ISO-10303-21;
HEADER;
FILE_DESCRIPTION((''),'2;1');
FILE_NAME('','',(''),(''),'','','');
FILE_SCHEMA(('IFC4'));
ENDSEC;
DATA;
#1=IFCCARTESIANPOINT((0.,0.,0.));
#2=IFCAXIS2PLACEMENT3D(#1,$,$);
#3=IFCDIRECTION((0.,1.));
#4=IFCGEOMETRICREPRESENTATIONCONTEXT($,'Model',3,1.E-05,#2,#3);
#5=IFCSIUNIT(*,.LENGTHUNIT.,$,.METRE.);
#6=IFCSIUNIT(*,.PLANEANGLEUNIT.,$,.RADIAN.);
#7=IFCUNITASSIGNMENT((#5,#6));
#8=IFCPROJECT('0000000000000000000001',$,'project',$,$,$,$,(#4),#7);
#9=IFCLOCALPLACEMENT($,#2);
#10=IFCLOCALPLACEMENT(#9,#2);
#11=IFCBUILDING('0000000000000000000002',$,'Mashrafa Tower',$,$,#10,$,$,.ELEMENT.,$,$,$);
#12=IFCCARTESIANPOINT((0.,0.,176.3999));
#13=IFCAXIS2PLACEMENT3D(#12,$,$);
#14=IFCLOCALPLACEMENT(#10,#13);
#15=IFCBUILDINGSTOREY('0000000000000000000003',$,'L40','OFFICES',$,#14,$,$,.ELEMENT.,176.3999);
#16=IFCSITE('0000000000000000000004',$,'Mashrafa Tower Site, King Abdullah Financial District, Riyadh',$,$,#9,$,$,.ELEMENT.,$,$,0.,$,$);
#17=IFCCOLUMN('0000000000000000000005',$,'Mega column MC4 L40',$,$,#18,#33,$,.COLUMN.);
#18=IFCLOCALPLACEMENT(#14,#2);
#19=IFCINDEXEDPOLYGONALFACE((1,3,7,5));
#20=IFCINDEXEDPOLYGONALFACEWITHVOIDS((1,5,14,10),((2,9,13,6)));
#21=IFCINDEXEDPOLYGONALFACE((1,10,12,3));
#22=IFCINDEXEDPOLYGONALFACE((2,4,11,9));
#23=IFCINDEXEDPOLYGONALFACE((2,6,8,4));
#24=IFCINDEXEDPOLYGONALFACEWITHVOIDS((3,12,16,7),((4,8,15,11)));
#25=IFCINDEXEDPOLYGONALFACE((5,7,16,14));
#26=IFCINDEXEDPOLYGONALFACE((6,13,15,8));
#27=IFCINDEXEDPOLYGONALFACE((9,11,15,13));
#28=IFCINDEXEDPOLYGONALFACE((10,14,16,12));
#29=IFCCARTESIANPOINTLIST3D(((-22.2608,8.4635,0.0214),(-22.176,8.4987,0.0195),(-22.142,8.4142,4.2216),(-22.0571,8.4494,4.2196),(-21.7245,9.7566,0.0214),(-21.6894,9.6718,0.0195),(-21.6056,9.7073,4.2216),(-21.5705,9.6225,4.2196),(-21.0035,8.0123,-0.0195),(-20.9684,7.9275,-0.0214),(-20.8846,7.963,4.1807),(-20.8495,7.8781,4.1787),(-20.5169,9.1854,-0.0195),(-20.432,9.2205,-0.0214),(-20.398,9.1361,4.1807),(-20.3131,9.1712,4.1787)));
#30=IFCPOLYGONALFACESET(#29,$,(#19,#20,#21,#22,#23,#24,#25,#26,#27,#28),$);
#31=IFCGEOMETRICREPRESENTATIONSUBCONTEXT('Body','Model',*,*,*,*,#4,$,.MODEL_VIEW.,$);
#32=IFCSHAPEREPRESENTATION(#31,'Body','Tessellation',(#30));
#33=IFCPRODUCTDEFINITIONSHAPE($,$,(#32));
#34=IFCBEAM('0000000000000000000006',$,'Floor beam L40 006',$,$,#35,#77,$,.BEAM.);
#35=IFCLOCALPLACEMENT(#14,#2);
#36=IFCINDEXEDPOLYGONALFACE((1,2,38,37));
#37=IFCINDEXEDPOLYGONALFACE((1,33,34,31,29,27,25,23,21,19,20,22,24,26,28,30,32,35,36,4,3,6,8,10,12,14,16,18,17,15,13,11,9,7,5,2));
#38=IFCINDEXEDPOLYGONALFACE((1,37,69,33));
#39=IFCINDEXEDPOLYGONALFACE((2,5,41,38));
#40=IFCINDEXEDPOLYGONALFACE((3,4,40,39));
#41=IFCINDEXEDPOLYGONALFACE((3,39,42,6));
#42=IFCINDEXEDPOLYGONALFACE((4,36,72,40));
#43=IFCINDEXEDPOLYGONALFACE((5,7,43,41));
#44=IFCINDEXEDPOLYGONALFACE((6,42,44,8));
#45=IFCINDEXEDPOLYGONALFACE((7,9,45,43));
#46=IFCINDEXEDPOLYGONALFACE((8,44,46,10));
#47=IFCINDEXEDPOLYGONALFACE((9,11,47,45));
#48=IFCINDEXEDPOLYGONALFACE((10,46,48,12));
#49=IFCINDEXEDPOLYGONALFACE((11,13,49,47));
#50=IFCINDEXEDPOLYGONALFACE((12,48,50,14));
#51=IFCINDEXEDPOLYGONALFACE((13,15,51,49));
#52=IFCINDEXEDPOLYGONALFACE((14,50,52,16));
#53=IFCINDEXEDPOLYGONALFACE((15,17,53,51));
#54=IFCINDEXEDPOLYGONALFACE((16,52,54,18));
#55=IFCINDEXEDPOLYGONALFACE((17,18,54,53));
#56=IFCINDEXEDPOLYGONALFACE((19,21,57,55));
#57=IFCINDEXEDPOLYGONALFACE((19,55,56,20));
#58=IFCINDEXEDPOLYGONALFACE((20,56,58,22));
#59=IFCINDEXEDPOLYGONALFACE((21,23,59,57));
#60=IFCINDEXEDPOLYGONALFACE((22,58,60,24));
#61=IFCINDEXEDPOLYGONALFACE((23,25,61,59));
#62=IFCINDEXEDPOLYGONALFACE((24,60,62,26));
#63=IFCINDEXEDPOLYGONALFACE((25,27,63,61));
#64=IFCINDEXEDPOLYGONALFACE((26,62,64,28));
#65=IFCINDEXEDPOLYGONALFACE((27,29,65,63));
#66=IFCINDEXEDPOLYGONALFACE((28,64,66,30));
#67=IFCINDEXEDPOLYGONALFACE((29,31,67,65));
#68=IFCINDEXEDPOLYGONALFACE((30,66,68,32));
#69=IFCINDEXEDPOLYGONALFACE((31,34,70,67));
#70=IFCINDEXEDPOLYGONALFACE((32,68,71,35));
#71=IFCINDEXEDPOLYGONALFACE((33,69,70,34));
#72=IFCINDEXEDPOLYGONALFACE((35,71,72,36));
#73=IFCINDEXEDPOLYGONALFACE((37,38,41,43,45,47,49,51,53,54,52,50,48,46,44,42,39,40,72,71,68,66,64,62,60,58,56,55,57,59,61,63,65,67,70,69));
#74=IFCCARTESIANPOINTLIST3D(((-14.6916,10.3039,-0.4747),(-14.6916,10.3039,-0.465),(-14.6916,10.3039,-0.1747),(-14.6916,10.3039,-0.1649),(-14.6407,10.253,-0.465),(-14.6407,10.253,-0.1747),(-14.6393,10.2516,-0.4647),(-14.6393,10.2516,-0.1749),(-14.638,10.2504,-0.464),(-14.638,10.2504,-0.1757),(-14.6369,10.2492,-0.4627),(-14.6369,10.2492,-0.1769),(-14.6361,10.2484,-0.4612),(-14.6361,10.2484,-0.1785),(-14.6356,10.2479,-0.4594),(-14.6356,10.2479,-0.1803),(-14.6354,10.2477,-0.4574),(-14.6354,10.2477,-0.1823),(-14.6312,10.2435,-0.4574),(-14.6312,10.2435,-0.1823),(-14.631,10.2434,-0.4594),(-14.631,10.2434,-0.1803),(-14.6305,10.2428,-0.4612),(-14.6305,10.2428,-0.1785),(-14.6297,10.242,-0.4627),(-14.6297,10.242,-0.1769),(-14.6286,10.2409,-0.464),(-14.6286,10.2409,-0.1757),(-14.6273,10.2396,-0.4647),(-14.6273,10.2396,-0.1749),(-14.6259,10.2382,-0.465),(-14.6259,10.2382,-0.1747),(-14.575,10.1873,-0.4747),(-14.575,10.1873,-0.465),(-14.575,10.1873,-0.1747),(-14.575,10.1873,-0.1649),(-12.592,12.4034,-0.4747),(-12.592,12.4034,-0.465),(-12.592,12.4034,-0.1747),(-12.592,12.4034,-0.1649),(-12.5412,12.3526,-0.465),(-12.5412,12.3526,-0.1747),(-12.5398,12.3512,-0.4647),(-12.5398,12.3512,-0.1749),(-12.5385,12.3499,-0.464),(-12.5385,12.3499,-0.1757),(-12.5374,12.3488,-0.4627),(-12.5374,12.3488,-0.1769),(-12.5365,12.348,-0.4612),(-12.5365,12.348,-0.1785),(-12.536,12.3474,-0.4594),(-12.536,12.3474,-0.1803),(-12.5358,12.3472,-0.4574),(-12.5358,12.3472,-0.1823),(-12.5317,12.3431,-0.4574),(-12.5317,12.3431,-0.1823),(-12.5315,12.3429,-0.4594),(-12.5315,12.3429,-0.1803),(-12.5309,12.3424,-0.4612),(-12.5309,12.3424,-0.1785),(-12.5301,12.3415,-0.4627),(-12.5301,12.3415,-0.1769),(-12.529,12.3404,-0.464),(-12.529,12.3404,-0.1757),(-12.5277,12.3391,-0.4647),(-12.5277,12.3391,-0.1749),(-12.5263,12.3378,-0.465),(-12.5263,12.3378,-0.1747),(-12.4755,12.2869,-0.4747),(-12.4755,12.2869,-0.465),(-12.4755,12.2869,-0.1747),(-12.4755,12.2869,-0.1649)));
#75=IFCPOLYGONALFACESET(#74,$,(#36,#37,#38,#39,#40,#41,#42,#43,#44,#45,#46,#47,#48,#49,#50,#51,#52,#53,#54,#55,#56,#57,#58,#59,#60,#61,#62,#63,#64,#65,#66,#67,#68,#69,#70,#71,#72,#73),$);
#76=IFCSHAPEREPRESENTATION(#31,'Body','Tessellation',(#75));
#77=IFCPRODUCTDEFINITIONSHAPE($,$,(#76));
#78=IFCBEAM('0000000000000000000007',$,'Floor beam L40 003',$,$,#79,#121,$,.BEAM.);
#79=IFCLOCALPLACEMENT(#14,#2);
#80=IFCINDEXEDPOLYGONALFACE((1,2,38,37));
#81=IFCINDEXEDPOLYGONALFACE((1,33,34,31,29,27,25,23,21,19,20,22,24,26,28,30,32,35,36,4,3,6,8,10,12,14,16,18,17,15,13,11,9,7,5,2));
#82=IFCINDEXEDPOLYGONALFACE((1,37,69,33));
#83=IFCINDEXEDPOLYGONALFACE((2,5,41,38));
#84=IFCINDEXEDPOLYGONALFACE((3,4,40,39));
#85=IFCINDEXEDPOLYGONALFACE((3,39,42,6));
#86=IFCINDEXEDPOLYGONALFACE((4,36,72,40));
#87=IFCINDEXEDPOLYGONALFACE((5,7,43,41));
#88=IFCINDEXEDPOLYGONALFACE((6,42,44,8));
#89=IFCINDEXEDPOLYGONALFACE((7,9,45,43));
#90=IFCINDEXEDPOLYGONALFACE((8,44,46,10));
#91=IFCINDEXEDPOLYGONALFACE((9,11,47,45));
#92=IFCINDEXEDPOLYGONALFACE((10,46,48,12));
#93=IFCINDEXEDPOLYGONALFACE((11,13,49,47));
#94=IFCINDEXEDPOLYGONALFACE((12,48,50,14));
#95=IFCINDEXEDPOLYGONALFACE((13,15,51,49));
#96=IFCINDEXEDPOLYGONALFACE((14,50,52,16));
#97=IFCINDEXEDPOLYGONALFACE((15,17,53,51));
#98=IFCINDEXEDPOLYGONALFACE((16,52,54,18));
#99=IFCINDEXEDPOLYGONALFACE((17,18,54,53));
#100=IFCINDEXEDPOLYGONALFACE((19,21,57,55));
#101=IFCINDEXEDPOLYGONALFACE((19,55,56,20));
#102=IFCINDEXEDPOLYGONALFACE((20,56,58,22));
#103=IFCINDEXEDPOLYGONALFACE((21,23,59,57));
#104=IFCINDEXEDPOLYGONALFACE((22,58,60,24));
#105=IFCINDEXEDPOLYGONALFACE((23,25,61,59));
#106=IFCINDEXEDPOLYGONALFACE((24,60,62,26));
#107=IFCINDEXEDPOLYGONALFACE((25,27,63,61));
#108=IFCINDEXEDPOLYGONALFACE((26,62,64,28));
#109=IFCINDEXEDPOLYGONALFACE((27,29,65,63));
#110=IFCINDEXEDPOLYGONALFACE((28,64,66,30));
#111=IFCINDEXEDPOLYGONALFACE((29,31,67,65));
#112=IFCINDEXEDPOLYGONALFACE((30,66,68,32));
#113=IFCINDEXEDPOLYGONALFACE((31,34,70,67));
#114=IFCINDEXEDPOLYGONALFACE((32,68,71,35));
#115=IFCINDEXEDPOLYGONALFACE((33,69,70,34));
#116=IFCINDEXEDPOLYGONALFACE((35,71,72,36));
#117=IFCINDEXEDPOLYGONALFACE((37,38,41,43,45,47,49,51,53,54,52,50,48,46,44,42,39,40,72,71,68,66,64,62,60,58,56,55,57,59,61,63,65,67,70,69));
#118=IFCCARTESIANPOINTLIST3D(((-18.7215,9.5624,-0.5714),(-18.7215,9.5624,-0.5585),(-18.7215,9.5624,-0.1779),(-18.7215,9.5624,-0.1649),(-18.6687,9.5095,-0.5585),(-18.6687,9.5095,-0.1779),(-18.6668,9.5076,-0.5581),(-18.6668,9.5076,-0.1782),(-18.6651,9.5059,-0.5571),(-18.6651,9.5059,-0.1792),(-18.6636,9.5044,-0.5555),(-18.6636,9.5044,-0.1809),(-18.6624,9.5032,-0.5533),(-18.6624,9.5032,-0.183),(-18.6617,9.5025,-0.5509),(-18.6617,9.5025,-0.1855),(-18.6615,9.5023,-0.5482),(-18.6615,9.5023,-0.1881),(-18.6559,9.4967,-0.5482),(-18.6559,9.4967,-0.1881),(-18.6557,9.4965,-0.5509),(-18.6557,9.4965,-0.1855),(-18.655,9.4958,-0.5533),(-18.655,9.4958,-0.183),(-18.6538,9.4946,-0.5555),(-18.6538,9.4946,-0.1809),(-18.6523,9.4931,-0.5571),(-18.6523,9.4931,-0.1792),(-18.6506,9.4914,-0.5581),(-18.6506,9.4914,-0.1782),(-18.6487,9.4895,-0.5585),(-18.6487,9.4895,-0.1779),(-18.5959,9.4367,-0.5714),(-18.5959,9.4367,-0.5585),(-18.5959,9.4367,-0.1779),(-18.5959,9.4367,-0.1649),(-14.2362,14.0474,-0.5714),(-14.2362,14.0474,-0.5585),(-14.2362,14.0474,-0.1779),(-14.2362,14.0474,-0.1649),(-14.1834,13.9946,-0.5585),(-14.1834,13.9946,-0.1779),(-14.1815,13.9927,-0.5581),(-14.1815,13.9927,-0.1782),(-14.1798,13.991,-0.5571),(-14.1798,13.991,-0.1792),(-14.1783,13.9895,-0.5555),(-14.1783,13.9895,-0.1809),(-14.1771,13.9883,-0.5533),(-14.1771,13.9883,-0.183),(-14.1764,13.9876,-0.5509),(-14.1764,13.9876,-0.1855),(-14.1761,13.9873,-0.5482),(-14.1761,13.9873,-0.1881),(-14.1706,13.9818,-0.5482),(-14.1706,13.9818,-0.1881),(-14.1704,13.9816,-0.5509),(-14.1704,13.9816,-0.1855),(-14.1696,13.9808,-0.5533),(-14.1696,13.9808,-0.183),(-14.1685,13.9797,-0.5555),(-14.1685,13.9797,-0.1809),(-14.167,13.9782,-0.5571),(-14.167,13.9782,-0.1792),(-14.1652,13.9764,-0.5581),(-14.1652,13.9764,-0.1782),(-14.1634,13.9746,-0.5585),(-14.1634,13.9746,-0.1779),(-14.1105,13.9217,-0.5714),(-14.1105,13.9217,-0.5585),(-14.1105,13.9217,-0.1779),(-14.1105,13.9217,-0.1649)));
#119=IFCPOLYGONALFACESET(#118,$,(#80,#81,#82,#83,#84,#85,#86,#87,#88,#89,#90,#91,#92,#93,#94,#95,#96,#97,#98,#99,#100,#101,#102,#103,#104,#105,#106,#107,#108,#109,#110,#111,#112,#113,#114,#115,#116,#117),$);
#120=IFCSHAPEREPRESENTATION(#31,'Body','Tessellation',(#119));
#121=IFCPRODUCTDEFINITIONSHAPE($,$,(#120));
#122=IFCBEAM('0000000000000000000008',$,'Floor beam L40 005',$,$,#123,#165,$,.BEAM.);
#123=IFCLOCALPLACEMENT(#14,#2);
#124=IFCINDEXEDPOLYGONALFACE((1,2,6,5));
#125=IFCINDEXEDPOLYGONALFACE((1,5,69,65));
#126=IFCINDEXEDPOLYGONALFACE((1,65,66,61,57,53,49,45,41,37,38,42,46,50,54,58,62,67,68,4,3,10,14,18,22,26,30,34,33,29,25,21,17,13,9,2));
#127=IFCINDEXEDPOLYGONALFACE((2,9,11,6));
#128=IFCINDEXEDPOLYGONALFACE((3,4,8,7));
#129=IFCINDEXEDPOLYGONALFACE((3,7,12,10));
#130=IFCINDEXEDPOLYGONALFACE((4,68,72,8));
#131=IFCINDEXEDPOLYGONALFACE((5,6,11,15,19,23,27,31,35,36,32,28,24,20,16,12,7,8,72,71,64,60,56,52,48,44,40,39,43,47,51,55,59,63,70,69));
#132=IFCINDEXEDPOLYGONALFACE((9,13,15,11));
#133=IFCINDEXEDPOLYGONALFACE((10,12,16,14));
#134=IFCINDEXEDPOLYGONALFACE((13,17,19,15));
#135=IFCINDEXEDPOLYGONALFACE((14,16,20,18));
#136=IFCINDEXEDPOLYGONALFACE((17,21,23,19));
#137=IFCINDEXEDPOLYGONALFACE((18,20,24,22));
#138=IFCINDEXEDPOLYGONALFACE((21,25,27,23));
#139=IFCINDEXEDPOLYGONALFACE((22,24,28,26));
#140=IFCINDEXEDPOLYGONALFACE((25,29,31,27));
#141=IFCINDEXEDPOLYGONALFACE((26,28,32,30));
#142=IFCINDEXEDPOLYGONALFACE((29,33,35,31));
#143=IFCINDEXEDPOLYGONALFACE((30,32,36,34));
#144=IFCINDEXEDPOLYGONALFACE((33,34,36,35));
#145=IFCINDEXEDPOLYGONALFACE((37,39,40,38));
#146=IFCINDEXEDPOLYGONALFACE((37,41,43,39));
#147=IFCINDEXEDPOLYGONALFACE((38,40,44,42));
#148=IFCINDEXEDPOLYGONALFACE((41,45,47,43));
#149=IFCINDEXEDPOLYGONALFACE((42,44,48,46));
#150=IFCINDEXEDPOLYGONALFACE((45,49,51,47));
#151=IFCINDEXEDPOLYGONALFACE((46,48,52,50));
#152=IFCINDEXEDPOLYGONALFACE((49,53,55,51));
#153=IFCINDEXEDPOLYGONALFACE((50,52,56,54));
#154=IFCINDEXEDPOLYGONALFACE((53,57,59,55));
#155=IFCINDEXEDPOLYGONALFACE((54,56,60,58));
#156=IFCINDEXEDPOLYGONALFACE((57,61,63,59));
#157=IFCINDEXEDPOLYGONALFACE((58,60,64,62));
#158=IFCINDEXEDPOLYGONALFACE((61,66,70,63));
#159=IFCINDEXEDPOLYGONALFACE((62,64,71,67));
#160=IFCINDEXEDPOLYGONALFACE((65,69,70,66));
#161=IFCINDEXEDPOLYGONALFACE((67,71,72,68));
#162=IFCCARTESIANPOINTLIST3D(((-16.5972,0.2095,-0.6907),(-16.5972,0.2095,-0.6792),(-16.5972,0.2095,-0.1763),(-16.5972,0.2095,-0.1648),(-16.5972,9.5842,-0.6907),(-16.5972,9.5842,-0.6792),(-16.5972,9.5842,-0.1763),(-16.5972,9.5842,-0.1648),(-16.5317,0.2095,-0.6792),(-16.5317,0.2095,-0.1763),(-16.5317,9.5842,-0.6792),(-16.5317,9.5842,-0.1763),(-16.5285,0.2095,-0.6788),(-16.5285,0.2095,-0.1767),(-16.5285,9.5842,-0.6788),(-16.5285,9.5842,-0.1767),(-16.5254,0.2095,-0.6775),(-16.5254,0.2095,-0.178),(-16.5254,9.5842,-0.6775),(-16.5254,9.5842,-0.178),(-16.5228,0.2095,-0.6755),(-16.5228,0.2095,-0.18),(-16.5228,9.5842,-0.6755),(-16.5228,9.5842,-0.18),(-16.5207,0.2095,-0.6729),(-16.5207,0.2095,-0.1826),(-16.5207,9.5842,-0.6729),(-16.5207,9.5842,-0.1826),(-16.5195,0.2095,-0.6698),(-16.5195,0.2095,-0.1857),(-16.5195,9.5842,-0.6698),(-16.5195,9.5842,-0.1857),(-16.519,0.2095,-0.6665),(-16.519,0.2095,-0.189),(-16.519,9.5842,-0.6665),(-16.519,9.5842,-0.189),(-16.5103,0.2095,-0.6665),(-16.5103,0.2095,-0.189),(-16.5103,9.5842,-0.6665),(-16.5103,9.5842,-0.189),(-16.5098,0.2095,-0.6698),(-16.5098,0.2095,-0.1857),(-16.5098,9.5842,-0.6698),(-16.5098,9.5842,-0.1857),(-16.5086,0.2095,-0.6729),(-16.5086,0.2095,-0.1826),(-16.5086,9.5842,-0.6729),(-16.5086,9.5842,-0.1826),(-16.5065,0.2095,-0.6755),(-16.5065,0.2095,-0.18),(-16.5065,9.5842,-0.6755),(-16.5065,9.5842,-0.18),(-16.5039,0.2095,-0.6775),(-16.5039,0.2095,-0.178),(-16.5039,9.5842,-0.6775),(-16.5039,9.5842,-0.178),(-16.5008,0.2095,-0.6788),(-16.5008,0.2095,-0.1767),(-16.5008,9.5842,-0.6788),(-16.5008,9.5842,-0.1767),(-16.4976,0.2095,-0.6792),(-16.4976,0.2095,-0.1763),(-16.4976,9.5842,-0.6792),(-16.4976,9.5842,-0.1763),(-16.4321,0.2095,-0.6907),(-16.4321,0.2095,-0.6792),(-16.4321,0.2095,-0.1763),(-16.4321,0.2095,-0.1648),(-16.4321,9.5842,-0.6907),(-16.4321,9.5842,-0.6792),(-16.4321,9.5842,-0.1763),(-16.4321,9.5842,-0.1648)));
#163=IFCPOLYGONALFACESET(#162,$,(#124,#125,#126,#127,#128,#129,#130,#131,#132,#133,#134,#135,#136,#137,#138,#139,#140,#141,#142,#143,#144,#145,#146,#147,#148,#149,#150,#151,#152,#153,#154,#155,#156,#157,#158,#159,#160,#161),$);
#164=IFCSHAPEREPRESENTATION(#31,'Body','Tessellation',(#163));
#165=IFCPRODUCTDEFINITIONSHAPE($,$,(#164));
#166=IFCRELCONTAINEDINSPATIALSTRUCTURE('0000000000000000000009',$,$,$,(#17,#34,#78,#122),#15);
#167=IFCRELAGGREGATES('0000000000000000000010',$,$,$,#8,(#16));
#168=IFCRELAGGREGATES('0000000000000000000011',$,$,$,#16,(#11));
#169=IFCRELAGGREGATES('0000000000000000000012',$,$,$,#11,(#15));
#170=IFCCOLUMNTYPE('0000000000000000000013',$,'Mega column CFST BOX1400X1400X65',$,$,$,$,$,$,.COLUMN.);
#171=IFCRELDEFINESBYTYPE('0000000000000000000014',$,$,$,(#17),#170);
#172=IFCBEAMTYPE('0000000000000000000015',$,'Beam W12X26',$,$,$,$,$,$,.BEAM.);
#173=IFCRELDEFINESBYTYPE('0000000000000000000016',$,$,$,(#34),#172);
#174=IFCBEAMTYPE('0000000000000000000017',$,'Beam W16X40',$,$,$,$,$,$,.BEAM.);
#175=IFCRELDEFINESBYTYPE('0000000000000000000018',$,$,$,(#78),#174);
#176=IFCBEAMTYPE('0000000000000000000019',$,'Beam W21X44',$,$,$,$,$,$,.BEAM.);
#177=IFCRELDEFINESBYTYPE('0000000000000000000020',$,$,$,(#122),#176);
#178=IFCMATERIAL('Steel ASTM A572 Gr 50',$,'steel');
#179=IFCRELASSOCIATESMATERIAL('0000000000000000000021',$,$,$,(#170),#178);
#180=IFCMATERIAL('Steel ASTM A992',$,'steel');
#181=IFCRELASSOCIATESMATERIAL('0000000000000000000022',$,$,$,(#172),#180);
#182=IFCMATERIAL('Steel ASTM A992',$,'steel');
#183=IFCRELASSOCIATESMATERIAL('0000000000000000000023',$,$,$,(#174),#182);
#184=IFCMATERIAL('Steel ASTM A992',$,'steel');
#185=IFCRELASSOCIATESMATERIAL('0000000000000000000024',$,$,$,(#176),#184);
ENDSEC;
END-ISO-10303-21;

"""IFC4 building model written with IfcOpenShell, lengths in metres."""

from ifc_helpers import new_model, si_unit, direction, frame, origin, origin_2d, place, context, subcontext, project, spatial, hollow_rectangle, i_section, extrude, material, material_profile, profile_set, type_object, element, save


model = new_model("IFC4")

# Units and contexts
model_context = context("Model", 3, precision=1e-05, world=origin(), true_north=direction((0.0, 1.0)))
body_context = subcontext(model_context, "Body", "Model", "MODEL_VIEW")
ifc_project = project(units=[si_unit("LENGTHUNIT", "METRE"), si_unit("PLANEANGLEUNIT", "RADIAN")], contexts=[model_context])

# Site, building, storey
site_placement = place(None, origin())
site = spatial("IfcSite", under=ifc_project, at=site_placement, Name="Mashrafa Tower Site, King Abdullah Financial District, Riyadh", CompositionType="ELEMENT", RefElevation=0.0)
building_placement = place(site_placement, origin())
building = spatial("IfcBuilding", under=site, at=building_placement, Name="Mashrafa Tower", CompositionType="ELEMENT")
storey_placement = place(building_placement, frame((0.0, 0.0, 176.3999)))
storey = spatial("IfcBuildingStorey", under=building, at=storey_placement, Name="L40", Description="OFFICES", CompositionType="ELEMENT", Elevation=176.3999)

# Column
ifc_material_1 = material(Name="Steel ASTM A572 Gr 50", Category="steel")
ifc_material_profile_1 = material_profile(ifc_material_1, hollow_rectangle(XDim=1.3999, YDim=1.3999, WallThickness=0.0649, at=origin_2d()), Name="BOX1400X1400X65")
ifc_profile_set_1 = profile_set([ifc_material_profile_1], Name="Steel ASTM A572 Gr 50")
column_type = type_object("IfcColumnType", Name="Mega column CFST BOX1400X1400X65", PredefinedType="COLUMN", material=ifc_profile_set_1)
column_placement = place(storey_placement, frame((-21.3464, 8.842, 0.0), z_axis=(0.028294, -0.011736, 0.999531), x_axis=(0.383133, 0.923693, 0.0)))
element("IfcColumn", 1, at=column_placement, inside=storey, type_object=column_type, Name="Mega column MC4 L40", PredefinedType="COLUMN", context=body_context, shape_type="SweptSolid", body=[
    extrude(hollow_rectangle(XDim=1.3999, YDim=1.3999, WallThickness=0.0649, at=origin_2d()), origin(), (0.0, 0.0, 1.0), 4.2021),
])

# Beams
ifc_material_2 = material(Name="Steel ASTM A992", Category="steel")
ifc_material_profile_2 = material_profile(ifc_material_2, i_section(OverallWidth=0.1648, OverallDepth=0.3098, WebThickness=0.0059, FlangeThickness=0.0098, FilletRadius=0.0076, at=origin_2d()), Name="W12X26")
ifc_profile_set_2 = profile_set([ifc_material_profile_2], Name="Steel ASTM A992")
beam_type_1 = type_object("IfcBeamType", Name="Beam W12X26", PredefinedType="BEAM", material=ifc_profile_set_2)
beam_1_placement = place(storey_placement, frame((-14.6333, 10.2456, -0.3198), z_axis=(0.707107, 0.707107, 0.0), x_axis=(-0.707107, 0.707107, 0.0)))
element("IfcBeam", 2, at=beam_1_placement, inside=storey, type_object=beam_type_1, Name="Floor beam L40 006", PredefinedType="BEAM", context=body_context, shape_type="SweptSolid", body=[
    extrude(i_section(OverallWidth=0.1648, OverallDepth=0.3098, WebThickness=0.0059, FlangeThickness=0.0098, FilletRadius=0.0076, at=origin_2d()), origin(), (0.0, 0.0, 1.0), 2.9692),
])
ifc_material_3 = material(Name="Steel ASTM A992", Category="steel")
ifc_material_profile_3 = material_profile(ifc_material_3, i_section(OverallWidth=0.1777, OverallDepth=0.4065, WebThickness=0.0078, FlangeThickness=0.0129, FilletRadius=0.0103, at=origin_2d()), Name="W16X40")
ifc_profile_set_3 = profile_set([ifc_material_profile_3], Name="Steel ASTM A992")
beam_type_2 = type_object("IfcBeamType", Name="Beam W16X40", PredefinedType="BEAM", material=ifc_profile_set_3)
beam_2_placement = place(storey_placement, frame((-18.6587, 9.4995, -0.3682), z_axis=(0.707126, 0.707088, 0.0), x_axis=(-0.707088, 0.707126, 0.0)))
element("IfcBeam", 3, at=beam_2_placement, inside=storey, type_object=beam_type_2, Name="Floor beam L40 003", PredefinedType="BEAM", context=body_context, shape_type="SweptSolid", body=[
    extrude(i_section(OverallWidth=0.1777, OverallDepth=0.4065, WebThickness=0.0078, FlangeThickness=0.0129, FilletRadius=0.0103, at=origin_2d()), origin(), (0.0, 0.0, 1.0), 6.343),
])
ifc_material_4 = material(Name="Steel ASTM A992", Category="steel")
ifc_material_profile_4 = material_profile(ifc_material_4, i_section(OverallWidth=0.165, OverallDepth=0.5259, WebThickness=0.0088, FlangeThickness=0.0115, FilletRadius=0.0127, at=origin_2d()), Name="W21X44")
ifc_profile_set_4 = profile_set([ifc_material_profile_4], Name="Steel ASTM A992")
beam_type_3 = type_object("IfcBeamType", Name="Beam W21X44", PredefinedType="BEAM", material=ifc_profile_set_4)
beam_3_placement = place(storey_placement, frame((-16.5146, 0.2095, -0.4277), z_axis=(0.0, 1.0, 0.0), x_axis=(-1.0, 0.0, 0.0)))
element("IfcBeam", 4, at=beam_3_placement, inside=storey, type_object=beam_type_3, Name="Floor beam L40 005", PredefinedType="BEAM", context=body_context, shape_type="SweptSolid", body=[
    extrude(i_section(OverallWidth=0.165, OverallDepth=0.5259, WebThickness=0.0088, FlangeThickness=0.0115, FilletRadius=0.0127, at=origin_2d()), origin(), (0.0, 0.0, 1.0), 9.3748),
])

save(model, "model.ifc")
